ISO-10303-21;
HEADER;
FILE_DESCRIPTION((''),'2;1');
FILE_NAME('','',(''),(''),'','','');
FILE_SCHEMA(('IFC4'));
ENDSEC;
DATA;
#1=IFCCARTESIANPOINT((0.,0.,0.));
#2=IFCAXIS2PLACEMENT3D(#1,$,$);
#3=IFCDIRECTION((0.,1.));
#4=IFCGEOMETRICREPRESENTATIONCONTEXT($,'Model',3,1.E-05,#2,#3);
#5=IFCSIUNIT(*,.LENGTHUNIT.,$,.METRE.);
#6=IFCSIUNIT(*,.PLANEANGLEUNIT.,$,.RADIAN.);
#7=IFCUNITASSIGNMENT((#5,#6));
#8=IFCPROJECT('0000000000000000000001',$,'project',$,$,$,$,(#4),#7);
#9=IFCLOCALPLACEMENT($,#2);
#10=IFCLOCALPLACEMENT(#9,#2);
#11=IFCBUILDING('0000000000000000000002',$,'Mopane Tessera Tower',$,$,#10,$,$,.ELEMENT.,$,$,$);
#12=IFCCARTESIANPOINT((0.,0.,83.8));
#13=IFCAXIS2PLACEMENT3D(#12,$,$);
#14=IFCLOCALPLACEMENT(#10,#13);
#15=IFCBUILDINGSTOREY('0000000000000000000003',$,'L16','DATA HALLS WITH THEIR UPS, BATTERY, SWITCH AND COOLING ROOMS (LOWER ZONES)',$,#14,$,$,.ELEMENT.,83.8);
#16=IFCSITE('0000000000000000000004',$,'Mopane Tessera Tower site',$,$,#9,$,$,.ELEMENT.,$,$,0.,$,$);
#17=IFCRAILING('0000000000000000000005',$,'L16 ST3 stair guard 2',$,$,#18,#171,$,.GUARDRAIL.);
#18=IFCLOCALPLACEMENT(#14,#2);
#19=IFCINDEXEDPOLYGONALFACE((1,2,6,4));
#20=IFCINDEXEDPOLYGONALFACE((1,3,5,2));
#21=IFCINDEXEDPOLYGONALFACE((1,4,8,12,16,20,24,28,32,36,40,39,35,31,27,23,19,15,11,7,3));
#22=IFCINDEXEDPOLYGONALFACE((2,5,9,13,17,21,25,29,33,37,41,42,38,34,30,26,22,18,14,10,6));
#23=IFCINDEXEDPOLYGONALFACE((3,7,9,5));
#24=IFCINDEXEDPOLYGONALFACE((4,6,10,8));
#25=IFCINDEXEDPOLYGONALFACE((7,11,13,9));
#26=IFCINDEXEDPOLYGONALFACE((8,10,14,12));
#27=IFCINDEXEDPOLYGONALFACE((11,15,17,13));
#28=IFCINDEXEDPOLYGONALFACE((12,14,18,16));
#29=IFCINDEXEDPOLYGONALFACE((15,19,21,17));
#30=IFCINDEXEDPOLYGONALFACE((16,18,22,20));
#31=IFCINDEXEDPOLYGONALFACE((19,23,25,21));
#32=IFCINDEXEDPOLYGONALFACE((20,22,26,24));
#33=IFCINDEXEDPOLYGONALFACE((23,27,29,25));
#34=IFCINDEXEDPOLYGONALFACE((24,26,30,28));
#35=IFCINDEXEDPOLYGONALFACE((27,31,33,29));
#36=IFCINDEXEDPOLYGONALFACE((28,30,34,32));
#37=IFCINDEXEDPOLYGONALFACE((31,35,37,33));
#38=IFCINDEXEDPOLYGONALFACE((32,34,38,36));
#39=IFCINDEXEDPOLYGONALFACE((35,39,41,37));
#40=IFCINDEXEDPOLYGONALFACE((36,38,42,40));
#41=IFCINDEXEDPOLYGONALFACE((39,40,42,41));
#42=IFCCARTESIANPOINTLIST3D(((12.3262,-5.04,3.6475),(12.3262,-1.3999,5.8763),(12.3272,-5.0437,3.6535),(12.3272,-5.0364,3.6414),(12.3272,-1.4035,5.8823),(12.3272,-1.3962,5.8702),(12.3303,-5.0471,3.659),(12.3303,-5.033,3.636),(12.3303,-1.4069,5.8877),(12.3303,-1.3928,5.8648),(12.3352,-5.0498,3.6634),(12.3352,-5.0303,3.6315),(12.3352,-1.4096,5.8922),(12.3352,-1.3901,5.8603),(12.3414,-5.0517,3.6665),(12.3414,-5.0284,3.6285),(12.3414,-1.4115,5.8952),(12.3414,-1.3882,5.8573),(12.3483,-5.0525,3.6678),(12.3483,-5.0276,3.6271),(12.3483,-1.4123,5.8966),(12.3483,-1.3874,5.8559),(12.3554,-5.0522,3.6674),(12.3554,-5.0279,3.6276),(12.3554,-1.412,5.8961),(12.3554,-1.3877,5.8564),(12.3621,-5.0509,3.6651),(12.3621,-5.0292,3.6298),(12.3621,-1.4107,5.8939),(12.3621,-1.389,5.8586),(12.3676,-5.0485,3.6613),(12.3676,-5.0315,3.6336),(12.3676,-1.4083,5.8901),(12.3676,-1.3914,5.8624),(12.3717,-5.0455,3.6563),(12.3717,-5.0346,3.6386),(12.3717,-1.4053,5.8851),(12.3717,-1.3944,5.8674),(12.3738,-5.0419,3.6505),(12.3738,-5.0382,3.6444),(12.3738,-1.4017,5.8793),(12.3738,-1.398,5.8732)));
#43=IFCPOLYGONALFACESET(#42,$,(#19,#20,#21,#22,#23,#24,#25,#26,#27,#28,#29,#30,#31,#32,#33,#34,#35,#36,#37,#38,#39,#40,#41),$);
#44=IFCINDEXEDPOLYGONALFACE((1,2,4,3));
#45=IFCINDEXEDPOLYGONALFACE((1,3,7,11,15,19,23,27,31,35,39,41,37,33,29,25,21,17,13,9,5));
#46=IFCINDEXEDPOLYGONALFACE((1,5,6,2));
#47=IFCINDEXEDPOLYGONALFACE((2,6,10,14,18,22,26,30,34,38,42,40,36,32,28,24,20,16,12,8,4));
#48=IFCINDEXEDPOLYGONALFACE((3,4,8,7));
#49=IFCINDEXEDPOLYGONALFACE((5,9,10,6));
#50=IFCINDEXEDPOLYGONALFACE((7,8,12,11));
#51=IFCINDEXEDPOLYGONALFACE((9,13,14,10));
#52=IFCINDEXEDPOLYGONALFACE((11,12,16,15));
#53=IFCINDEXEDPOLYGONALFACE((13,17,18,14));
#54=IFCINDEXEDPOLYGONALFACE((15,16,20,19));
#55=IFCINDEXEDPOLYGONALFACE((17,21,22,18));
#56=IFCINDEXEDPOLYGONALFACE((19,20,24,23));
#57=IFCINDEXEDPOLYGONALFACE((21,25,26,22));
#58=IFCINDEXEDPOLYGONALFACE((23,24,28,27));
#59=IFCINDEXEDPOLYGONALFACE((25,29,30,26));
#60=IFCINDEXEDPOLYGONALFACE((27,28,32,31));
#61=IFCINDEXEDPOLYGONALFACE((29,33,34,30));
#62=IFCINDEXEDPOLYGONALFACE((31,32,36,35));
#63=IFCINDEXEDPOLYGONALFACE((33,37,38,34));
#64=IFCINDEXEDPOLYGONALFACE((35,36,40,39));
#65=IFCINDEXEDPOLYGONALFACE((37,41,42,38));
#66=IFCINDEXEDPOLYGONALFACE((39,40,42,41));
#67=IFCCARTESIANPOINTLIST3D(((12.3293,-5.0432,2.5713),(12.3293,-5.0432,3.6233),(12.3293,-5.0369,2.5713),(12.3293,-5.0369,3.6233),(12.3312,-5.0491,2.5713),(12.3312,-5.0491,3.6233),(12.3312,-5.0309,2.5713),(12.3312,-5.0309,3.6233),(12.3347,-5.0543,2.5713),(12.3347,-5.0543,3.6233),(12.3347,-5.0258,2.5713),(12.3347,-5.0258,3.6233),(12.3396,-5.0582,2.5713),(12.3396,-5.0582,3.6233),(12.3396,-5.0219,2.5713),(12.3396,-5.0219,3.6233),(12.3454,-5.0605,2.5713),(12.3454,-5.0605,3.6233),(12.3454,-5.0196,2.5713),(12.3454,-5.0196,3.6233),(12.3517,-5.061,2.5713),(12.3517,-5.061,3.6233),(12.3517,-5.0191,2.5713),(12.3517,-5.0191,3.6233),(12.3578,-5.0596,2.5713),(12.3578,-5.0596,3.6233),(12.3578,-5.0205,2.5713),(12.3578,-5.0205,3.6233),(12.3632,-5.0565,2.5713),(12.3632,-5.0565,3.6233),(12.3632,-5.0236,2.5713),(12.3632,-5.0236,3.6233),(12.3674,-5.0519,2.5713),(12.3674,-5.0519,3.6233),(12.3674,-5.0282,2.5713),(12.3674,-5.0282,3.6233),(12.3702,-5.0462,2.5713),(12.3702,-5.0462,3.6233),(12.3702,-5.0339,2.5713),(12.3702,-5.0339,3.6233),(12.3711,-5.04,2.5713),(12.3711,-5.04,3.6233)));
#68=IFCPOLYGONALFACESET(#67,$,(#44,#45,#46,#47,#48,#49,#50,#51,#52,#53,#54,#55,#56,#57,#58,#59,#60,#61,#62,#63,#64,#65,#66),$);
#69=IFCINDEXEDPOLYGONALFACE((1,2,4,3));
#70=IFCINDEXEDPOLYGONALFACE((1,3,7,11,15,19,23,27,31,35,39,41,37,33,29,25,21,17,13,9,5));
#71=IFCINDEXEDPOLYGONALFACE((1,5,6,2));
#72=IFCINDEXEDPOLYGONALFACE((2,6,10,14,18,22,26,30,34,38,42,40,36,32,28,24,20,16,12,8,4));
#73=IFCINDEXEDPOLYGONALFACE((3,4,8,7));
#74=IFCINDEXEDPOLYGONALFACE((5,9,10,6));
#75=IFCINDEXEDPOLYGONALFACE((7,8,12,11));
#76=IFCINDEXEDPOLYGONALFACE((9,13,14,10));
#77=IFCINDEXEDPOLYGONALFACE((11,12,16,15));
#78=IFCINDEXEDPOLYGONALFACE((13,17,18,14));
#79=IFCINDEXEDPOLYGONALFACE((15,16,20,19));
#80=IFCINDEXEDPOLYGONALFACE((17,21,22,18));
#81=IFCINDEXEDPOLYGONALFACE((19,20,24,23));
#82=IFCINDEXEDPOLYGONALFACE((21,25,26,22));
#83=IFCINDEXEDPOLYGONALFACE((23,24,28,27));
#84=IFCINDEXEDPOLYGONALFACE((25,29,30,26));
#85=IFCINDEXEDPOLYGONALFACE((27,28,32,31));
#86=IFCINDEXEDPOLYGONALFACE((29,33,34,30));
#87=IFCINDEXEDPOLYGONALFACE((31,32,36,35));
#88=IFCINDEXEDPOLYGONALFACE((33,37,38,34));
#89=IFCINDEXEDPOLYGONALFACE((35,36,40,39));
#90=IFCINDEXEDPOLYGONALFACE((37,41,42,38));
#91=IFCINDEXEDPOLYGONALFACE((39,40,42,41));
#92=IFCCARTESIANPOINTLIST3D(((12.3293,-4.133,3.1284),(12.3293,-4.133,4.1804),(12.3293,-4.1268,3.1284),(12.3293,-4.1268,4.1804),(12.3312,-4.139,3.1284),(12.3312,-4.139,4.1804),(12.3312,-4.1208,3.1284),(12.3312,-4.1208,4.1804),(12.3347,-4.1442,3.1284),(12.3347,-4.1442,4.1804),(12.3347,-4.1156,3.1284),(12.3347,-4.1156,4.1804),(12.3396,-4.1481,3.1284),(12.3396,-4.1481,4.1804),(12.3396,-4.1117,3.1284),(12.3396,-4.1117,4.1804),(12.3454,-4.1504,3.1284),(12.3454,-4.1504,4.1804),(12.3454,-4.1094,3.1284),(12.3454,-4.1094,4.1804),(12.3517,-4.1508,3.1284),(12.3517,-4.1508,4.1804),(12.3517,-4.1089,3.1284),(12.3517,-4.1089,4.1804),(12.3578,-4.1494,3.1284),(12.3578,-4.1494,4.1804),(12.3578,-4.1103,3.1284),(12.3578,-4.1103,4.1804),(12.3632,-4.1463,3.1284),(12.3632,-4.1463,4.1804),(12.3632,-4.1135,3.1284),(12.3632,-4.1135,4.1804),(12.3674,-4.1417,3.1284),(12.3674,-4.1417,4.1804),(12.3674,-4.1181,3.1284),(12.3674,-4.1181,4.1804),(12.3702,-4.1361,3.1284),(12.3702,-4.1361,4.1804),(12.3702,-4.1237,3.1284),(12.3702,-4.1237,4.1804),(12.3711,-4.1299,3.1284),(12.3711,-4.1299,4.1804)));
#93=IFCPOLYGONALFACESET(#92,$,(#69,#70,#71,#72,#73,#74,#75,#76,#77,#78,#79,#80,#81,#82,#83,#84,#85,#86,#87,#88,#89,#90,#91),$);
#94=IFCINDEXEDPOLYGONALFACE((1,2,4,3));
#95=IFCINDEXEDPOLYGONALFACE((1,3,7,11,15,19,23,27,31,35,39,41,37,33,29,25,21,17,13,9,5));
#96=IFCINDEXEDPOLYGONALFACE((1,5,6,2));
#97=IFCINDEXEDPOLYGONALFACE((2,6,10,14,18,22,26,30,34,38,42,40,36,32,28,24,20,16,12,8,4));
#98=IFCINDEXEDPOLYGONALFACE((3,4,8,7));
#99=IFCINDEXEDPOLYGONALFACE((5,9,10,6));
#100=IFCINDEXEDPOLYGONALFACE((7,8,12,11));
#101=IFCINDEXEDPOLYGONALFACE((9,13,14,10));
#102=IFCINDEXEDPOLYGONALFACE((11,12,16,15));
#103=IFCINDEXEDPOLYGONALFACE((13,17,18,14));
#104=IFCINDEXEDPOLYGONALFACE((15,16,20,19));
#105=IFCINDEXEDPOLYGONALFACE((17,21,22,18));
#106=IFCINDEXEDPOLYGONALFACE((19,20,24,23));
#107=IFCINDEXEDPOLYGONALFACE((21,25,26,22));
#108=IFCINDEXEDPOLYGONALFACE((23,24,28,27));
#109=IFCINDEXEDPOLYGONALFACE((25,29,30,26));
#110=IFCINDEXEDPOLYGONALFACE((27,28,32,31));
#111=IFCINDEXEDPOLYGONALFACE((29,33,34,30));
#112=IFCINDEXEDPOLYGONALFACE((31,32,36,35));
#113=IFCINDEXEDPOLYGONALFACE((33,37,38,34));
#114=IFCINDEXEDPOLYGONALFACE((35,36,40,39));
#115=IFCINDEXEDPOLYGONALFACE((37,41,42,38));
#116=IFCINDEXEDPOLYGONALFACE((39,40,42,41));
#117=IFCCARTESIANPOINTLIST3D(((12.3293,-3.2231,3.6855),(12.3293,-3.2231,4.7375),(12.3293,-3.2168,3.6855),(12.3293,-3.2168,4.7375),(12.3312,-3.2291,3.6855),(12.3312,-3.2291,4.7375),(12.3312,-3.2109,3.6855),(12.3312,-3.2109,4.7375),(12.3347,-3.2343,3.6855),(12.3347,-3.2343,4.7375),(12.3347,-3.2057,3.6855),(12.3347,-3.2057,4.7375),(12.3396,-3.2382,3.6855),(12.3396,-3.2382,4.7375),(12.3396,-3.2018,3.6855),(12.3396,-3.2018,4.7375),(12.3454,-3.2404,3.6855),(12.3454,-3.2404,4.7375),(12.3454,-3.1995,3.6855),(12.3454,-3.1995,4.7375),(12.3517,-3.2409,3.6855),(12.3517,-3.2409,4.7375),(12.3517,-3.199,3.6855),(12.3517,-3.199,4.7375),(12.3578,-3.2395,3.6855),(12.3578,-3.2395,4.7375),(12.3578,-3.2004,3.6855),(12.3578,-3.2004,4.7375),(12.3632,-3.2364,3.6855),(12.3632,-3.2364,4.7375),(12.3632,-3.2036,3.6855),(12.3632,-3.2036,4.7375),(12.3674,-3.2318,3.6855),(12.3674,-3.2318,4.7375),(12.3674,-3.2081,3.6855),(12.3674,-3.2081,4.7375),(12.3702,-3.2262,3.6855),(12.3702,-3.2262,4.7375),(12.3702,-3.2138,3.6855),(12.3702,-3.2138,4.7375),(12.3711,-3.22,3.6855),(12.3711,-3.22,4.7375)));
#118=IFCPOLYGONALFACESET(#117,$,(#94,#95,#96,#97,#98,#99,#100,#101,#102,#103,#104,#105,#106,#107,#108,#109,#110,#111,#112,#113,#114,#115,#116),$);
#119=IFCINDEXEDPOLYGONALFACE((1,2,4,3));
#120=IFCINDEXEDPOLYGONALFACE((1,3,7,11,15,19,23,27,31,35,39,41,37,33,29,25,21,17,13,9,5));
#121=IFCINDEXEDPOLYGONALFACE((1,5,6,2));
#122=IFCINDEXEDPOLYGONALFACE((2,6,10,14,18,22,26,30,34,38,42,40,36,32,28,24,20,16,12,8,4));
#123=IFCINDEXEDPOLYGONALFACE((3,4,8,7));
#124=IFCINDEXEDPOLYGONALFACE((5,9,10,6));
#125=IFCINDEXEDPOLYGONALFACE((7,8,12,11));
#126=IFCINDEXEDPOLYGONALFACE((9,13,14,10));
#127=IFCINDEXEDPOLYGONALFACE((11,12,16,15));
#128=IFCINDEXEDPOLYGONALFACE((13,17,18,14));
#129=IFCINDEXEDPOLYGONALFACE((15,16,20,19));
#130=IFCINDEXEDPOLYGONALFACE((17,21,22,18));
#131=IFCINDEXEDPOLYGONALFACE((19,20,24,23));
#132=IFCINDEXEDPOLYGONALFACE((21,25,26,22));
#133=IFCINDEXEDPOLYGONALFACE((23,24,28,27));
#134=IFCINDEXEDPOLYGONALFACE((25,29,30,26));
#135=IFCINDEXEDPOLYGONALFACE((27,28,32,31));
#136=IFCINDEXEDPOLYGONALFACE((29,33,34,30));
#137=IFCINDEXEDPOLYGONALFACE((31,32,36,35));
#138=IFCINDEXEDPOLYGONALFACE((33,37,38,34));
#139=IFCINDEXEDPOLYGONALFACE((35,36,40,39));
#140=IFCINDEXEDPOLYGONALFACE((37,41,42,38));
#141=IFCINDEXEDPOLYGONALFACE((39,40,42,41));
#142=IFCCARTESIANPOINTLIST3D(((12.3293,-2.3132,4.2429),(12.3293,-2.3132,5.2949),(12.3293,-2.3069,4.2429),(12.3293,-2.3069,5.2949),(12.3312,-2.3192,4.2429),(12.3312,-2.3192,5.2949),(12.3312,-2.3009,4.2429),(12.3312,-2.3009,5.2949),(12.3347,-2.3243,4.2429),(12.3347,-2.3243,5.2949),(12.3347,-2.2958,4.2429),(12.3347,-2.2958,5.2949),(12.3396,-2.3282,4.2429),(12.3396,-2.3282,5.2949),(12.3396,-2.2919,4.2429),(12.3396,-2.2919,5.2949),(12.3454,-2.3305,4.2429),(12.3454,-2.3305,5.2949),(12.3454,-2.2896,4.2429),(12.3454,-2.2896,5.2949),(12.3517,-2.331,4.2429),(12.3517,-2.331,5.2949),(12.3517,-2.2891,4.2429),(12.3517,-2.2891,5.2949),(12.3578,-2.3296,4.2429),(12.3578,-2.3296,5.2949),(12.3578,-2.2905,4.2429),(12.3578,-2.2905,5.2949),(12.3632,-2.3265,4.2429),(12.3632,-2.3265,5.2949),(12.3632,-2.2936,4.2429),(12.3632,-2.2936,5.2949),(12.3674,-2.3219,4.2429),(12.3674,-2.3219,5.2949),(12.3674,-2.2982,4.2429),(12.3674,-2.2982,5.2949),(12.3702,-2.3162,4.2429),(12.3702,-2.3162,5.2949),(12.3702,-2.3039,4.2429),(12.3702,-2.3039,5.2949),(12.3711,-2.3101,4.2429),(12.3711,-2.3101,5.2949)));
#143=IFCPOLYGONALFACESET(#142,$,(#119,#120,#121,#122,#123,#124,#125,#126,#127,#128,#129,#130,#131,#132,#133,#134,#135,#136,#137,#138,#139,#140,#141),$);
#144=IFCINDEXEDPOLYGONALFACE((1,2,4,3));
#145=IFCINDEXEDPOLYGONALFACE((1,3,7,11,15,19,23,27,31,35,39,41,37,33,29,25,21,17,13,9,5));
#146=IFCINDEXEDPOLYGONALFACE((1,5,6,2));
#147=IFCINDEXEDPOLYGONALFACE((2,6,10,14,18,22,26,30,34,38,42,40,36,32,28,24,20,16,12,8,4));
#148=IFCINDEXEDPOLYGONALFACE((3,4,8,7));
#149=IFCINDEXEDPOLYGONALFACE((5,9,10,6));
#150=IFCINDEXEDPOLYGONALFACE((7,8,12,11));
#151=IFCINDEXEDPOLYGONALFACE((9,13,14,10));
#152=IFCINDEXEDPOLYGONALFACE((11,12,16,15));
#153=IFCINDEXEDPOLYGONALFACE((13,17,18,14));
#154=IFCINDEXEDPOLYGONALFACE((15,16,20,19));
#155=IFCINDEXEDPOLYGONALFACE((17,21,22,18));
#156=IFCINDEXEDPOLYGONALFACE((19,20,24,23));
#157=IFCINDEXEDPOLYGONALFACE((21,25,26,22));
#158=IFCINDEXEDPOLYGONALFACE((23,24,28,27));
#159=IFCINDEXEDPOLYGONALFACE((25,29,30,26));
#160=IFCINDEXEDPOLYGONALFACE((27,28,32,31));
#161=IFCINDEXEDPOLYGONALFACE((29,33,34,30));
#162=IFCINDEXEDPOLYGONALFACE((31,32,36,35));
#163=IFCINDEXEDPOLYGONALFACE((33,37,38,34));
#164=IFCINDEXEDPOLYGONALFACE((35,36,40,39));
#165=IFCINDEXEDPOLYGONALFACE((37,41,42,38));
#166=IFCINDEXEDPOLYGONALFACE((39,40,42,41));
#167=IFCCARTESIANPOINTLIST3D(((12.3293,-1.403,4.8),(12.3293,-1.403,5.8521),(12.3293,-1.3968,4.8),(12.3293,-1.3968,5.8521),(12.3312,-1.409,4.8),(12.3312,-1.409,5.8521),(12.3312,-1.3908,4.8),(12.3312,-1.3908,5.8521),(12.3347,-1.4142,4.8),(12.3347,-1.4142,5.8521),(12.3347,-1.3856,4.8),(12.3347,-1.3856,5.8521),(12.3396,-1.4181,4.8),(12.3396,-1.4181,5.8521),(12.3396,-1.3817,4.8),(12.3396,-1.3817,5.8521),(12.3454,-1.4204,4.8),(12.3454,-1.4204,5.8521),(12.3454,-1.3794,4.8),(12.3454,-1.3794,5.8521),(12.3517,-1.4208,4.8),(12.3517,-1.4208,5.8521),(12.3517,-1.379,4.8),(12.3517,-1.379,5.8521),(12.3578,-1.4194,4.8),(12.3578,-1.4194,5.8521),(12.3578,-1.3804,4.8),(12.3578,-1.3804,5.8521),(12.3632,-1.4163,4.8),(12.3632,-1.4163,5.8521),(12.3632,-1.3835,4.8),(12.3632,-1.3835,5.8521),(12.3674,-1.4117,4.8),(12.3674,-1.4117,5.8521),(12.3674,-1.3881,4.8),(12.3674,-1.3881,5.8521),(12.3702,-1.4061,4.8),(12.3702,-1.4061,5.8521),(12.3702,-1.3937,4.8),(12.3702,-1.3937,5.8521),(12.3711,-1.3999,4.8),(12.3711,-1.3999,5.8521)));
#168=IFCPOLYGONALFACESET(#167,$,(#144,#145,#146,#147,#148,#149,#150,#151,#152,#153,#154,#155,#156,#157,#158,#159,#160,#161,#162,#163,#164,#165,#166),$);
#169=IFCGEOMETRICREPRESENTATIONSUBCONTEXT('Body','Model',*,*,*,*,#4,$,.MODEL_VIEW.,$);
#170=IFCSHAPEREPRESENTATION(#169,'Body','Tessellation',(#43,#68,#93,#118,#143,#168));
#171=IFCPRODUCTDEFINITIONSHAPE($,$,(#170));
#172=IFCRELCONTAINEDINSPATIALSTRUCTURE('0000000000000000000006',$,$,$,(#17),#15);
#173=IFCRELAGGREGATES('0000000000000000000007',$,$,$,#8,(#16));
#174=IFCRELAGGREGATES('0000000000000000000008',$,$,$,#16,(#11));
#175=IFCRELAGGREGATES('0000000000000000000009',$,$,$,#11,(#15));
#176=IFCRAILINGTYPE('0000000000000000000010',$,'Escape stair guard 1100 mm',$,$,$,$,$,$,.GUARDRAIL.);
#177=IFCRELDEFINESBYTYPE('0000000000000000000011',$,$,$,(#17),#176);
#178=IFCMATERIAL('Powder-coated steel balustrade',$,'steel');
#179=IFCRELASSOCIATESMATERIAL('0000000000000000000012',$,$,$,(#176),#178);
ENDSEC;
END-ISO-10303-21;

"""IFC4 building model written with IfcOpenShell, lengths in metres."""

from ifc_helpers import new_model, si_unit, direction, frame, origin, origin_2d, place, context, subcontext, project, spatial, circle, extrude, material, type_object, element, save


model = new_model("IFC4")

# Units and contexts
model_context = context("Model", 3, precision=1e-05, world=origin(), true_north=direction((0.0, 1.0)))
body_context = subcontext(model_context, "Body", "Model", "MODEL_VIEW")
ifc_project = project(units=[si_unit("LENGTHUNIT", "METRE"), si_unit("PLANEANGLEUNIT", "RADIAN")], contexts=[model_context])

# Site, building, storey
site_placement = place(None, origin())
site = spatial("IfcSite", under=ifc_project, at=site_placement, Name="Mopane Tessera Tower site", CompositionType="ELEMENT", RefElevation=0.0)
building_placement = place(site_placement, origin())
building = spatial("IfcBuilding", under=site, at=building_placement, Name="Mopane Tessera Tower", CompositionType="ELEMENT")
storey_placement = place(building_placement, frame((0.0, 0.0, 83.8)))
storey = spatial("IfcBuildingStorey", under=building, at=storey_placement, Name="L16", Description="DATA HALLS WITH THEIR UPS, BATTERY, SWITCH AND COOLING ROOMS (LOWER ZONES)", CompositionType="ELEMENT", Elevation=83.8)

# Railing
ifc_material_1 = material(Name="Powder-coated steel balustrade", Category="steel")
railing_type_1 = type_object("IfcRailingType", Name="Escape stair guard 1100 mm", PredefinedType="GUARDRAIL", material=ifc_material_1)
railing_1_placement = place(storey_placement, frame((12.3501, -5.04, 2.5713)))
element("IfcRailing", 1, at=railing_1_placement, inside=storey, type_object=railing_type_1, Name="L16 ST3 stair guard 2", PredefinedType="GUARDRAIL", context=body_context, shape_type="SweptSolid", body=[
    extrude(circle(Radius=0.0239, at=origin_2d()), frame((0.0, 0.0, 1.0762), z_axis=(0.0, 0.85284, 0.522172), x_axis=(-1.0, 0.0, 0.0)), (0.0, 0.0, 1.0), 4.2683),
    extrude(circle(Radius=0.021, at=origin_2d()), origin(), (0.0, 0.0, 1.0), 1.052),
    extrude(circle(Radius=0.021, at=origin_2d()), frame((0.0, 0.9102, 0.5571)), (0.0, 0.0, 1.0), 1.052),
    extrude(circle(Radius=0.021, at=origin_2d()), frame((0.0, 1.8201, 1.1143)), (0.0, 0.0, 1.0), 1.052),
    extrude(circle(Radius=0.021, at=origin_2d()), frame((0.0, 2.73, 1.6716)), (0.0, 0.0, 1.0), 1.052),
    extrude(circle(Radius=0.021, at=origin_2d()), frame((0.0, 3.6401, 2.2288)), (0.0, 0.0, 1.0), 1.052),
])

save(model, "model.ifc")
